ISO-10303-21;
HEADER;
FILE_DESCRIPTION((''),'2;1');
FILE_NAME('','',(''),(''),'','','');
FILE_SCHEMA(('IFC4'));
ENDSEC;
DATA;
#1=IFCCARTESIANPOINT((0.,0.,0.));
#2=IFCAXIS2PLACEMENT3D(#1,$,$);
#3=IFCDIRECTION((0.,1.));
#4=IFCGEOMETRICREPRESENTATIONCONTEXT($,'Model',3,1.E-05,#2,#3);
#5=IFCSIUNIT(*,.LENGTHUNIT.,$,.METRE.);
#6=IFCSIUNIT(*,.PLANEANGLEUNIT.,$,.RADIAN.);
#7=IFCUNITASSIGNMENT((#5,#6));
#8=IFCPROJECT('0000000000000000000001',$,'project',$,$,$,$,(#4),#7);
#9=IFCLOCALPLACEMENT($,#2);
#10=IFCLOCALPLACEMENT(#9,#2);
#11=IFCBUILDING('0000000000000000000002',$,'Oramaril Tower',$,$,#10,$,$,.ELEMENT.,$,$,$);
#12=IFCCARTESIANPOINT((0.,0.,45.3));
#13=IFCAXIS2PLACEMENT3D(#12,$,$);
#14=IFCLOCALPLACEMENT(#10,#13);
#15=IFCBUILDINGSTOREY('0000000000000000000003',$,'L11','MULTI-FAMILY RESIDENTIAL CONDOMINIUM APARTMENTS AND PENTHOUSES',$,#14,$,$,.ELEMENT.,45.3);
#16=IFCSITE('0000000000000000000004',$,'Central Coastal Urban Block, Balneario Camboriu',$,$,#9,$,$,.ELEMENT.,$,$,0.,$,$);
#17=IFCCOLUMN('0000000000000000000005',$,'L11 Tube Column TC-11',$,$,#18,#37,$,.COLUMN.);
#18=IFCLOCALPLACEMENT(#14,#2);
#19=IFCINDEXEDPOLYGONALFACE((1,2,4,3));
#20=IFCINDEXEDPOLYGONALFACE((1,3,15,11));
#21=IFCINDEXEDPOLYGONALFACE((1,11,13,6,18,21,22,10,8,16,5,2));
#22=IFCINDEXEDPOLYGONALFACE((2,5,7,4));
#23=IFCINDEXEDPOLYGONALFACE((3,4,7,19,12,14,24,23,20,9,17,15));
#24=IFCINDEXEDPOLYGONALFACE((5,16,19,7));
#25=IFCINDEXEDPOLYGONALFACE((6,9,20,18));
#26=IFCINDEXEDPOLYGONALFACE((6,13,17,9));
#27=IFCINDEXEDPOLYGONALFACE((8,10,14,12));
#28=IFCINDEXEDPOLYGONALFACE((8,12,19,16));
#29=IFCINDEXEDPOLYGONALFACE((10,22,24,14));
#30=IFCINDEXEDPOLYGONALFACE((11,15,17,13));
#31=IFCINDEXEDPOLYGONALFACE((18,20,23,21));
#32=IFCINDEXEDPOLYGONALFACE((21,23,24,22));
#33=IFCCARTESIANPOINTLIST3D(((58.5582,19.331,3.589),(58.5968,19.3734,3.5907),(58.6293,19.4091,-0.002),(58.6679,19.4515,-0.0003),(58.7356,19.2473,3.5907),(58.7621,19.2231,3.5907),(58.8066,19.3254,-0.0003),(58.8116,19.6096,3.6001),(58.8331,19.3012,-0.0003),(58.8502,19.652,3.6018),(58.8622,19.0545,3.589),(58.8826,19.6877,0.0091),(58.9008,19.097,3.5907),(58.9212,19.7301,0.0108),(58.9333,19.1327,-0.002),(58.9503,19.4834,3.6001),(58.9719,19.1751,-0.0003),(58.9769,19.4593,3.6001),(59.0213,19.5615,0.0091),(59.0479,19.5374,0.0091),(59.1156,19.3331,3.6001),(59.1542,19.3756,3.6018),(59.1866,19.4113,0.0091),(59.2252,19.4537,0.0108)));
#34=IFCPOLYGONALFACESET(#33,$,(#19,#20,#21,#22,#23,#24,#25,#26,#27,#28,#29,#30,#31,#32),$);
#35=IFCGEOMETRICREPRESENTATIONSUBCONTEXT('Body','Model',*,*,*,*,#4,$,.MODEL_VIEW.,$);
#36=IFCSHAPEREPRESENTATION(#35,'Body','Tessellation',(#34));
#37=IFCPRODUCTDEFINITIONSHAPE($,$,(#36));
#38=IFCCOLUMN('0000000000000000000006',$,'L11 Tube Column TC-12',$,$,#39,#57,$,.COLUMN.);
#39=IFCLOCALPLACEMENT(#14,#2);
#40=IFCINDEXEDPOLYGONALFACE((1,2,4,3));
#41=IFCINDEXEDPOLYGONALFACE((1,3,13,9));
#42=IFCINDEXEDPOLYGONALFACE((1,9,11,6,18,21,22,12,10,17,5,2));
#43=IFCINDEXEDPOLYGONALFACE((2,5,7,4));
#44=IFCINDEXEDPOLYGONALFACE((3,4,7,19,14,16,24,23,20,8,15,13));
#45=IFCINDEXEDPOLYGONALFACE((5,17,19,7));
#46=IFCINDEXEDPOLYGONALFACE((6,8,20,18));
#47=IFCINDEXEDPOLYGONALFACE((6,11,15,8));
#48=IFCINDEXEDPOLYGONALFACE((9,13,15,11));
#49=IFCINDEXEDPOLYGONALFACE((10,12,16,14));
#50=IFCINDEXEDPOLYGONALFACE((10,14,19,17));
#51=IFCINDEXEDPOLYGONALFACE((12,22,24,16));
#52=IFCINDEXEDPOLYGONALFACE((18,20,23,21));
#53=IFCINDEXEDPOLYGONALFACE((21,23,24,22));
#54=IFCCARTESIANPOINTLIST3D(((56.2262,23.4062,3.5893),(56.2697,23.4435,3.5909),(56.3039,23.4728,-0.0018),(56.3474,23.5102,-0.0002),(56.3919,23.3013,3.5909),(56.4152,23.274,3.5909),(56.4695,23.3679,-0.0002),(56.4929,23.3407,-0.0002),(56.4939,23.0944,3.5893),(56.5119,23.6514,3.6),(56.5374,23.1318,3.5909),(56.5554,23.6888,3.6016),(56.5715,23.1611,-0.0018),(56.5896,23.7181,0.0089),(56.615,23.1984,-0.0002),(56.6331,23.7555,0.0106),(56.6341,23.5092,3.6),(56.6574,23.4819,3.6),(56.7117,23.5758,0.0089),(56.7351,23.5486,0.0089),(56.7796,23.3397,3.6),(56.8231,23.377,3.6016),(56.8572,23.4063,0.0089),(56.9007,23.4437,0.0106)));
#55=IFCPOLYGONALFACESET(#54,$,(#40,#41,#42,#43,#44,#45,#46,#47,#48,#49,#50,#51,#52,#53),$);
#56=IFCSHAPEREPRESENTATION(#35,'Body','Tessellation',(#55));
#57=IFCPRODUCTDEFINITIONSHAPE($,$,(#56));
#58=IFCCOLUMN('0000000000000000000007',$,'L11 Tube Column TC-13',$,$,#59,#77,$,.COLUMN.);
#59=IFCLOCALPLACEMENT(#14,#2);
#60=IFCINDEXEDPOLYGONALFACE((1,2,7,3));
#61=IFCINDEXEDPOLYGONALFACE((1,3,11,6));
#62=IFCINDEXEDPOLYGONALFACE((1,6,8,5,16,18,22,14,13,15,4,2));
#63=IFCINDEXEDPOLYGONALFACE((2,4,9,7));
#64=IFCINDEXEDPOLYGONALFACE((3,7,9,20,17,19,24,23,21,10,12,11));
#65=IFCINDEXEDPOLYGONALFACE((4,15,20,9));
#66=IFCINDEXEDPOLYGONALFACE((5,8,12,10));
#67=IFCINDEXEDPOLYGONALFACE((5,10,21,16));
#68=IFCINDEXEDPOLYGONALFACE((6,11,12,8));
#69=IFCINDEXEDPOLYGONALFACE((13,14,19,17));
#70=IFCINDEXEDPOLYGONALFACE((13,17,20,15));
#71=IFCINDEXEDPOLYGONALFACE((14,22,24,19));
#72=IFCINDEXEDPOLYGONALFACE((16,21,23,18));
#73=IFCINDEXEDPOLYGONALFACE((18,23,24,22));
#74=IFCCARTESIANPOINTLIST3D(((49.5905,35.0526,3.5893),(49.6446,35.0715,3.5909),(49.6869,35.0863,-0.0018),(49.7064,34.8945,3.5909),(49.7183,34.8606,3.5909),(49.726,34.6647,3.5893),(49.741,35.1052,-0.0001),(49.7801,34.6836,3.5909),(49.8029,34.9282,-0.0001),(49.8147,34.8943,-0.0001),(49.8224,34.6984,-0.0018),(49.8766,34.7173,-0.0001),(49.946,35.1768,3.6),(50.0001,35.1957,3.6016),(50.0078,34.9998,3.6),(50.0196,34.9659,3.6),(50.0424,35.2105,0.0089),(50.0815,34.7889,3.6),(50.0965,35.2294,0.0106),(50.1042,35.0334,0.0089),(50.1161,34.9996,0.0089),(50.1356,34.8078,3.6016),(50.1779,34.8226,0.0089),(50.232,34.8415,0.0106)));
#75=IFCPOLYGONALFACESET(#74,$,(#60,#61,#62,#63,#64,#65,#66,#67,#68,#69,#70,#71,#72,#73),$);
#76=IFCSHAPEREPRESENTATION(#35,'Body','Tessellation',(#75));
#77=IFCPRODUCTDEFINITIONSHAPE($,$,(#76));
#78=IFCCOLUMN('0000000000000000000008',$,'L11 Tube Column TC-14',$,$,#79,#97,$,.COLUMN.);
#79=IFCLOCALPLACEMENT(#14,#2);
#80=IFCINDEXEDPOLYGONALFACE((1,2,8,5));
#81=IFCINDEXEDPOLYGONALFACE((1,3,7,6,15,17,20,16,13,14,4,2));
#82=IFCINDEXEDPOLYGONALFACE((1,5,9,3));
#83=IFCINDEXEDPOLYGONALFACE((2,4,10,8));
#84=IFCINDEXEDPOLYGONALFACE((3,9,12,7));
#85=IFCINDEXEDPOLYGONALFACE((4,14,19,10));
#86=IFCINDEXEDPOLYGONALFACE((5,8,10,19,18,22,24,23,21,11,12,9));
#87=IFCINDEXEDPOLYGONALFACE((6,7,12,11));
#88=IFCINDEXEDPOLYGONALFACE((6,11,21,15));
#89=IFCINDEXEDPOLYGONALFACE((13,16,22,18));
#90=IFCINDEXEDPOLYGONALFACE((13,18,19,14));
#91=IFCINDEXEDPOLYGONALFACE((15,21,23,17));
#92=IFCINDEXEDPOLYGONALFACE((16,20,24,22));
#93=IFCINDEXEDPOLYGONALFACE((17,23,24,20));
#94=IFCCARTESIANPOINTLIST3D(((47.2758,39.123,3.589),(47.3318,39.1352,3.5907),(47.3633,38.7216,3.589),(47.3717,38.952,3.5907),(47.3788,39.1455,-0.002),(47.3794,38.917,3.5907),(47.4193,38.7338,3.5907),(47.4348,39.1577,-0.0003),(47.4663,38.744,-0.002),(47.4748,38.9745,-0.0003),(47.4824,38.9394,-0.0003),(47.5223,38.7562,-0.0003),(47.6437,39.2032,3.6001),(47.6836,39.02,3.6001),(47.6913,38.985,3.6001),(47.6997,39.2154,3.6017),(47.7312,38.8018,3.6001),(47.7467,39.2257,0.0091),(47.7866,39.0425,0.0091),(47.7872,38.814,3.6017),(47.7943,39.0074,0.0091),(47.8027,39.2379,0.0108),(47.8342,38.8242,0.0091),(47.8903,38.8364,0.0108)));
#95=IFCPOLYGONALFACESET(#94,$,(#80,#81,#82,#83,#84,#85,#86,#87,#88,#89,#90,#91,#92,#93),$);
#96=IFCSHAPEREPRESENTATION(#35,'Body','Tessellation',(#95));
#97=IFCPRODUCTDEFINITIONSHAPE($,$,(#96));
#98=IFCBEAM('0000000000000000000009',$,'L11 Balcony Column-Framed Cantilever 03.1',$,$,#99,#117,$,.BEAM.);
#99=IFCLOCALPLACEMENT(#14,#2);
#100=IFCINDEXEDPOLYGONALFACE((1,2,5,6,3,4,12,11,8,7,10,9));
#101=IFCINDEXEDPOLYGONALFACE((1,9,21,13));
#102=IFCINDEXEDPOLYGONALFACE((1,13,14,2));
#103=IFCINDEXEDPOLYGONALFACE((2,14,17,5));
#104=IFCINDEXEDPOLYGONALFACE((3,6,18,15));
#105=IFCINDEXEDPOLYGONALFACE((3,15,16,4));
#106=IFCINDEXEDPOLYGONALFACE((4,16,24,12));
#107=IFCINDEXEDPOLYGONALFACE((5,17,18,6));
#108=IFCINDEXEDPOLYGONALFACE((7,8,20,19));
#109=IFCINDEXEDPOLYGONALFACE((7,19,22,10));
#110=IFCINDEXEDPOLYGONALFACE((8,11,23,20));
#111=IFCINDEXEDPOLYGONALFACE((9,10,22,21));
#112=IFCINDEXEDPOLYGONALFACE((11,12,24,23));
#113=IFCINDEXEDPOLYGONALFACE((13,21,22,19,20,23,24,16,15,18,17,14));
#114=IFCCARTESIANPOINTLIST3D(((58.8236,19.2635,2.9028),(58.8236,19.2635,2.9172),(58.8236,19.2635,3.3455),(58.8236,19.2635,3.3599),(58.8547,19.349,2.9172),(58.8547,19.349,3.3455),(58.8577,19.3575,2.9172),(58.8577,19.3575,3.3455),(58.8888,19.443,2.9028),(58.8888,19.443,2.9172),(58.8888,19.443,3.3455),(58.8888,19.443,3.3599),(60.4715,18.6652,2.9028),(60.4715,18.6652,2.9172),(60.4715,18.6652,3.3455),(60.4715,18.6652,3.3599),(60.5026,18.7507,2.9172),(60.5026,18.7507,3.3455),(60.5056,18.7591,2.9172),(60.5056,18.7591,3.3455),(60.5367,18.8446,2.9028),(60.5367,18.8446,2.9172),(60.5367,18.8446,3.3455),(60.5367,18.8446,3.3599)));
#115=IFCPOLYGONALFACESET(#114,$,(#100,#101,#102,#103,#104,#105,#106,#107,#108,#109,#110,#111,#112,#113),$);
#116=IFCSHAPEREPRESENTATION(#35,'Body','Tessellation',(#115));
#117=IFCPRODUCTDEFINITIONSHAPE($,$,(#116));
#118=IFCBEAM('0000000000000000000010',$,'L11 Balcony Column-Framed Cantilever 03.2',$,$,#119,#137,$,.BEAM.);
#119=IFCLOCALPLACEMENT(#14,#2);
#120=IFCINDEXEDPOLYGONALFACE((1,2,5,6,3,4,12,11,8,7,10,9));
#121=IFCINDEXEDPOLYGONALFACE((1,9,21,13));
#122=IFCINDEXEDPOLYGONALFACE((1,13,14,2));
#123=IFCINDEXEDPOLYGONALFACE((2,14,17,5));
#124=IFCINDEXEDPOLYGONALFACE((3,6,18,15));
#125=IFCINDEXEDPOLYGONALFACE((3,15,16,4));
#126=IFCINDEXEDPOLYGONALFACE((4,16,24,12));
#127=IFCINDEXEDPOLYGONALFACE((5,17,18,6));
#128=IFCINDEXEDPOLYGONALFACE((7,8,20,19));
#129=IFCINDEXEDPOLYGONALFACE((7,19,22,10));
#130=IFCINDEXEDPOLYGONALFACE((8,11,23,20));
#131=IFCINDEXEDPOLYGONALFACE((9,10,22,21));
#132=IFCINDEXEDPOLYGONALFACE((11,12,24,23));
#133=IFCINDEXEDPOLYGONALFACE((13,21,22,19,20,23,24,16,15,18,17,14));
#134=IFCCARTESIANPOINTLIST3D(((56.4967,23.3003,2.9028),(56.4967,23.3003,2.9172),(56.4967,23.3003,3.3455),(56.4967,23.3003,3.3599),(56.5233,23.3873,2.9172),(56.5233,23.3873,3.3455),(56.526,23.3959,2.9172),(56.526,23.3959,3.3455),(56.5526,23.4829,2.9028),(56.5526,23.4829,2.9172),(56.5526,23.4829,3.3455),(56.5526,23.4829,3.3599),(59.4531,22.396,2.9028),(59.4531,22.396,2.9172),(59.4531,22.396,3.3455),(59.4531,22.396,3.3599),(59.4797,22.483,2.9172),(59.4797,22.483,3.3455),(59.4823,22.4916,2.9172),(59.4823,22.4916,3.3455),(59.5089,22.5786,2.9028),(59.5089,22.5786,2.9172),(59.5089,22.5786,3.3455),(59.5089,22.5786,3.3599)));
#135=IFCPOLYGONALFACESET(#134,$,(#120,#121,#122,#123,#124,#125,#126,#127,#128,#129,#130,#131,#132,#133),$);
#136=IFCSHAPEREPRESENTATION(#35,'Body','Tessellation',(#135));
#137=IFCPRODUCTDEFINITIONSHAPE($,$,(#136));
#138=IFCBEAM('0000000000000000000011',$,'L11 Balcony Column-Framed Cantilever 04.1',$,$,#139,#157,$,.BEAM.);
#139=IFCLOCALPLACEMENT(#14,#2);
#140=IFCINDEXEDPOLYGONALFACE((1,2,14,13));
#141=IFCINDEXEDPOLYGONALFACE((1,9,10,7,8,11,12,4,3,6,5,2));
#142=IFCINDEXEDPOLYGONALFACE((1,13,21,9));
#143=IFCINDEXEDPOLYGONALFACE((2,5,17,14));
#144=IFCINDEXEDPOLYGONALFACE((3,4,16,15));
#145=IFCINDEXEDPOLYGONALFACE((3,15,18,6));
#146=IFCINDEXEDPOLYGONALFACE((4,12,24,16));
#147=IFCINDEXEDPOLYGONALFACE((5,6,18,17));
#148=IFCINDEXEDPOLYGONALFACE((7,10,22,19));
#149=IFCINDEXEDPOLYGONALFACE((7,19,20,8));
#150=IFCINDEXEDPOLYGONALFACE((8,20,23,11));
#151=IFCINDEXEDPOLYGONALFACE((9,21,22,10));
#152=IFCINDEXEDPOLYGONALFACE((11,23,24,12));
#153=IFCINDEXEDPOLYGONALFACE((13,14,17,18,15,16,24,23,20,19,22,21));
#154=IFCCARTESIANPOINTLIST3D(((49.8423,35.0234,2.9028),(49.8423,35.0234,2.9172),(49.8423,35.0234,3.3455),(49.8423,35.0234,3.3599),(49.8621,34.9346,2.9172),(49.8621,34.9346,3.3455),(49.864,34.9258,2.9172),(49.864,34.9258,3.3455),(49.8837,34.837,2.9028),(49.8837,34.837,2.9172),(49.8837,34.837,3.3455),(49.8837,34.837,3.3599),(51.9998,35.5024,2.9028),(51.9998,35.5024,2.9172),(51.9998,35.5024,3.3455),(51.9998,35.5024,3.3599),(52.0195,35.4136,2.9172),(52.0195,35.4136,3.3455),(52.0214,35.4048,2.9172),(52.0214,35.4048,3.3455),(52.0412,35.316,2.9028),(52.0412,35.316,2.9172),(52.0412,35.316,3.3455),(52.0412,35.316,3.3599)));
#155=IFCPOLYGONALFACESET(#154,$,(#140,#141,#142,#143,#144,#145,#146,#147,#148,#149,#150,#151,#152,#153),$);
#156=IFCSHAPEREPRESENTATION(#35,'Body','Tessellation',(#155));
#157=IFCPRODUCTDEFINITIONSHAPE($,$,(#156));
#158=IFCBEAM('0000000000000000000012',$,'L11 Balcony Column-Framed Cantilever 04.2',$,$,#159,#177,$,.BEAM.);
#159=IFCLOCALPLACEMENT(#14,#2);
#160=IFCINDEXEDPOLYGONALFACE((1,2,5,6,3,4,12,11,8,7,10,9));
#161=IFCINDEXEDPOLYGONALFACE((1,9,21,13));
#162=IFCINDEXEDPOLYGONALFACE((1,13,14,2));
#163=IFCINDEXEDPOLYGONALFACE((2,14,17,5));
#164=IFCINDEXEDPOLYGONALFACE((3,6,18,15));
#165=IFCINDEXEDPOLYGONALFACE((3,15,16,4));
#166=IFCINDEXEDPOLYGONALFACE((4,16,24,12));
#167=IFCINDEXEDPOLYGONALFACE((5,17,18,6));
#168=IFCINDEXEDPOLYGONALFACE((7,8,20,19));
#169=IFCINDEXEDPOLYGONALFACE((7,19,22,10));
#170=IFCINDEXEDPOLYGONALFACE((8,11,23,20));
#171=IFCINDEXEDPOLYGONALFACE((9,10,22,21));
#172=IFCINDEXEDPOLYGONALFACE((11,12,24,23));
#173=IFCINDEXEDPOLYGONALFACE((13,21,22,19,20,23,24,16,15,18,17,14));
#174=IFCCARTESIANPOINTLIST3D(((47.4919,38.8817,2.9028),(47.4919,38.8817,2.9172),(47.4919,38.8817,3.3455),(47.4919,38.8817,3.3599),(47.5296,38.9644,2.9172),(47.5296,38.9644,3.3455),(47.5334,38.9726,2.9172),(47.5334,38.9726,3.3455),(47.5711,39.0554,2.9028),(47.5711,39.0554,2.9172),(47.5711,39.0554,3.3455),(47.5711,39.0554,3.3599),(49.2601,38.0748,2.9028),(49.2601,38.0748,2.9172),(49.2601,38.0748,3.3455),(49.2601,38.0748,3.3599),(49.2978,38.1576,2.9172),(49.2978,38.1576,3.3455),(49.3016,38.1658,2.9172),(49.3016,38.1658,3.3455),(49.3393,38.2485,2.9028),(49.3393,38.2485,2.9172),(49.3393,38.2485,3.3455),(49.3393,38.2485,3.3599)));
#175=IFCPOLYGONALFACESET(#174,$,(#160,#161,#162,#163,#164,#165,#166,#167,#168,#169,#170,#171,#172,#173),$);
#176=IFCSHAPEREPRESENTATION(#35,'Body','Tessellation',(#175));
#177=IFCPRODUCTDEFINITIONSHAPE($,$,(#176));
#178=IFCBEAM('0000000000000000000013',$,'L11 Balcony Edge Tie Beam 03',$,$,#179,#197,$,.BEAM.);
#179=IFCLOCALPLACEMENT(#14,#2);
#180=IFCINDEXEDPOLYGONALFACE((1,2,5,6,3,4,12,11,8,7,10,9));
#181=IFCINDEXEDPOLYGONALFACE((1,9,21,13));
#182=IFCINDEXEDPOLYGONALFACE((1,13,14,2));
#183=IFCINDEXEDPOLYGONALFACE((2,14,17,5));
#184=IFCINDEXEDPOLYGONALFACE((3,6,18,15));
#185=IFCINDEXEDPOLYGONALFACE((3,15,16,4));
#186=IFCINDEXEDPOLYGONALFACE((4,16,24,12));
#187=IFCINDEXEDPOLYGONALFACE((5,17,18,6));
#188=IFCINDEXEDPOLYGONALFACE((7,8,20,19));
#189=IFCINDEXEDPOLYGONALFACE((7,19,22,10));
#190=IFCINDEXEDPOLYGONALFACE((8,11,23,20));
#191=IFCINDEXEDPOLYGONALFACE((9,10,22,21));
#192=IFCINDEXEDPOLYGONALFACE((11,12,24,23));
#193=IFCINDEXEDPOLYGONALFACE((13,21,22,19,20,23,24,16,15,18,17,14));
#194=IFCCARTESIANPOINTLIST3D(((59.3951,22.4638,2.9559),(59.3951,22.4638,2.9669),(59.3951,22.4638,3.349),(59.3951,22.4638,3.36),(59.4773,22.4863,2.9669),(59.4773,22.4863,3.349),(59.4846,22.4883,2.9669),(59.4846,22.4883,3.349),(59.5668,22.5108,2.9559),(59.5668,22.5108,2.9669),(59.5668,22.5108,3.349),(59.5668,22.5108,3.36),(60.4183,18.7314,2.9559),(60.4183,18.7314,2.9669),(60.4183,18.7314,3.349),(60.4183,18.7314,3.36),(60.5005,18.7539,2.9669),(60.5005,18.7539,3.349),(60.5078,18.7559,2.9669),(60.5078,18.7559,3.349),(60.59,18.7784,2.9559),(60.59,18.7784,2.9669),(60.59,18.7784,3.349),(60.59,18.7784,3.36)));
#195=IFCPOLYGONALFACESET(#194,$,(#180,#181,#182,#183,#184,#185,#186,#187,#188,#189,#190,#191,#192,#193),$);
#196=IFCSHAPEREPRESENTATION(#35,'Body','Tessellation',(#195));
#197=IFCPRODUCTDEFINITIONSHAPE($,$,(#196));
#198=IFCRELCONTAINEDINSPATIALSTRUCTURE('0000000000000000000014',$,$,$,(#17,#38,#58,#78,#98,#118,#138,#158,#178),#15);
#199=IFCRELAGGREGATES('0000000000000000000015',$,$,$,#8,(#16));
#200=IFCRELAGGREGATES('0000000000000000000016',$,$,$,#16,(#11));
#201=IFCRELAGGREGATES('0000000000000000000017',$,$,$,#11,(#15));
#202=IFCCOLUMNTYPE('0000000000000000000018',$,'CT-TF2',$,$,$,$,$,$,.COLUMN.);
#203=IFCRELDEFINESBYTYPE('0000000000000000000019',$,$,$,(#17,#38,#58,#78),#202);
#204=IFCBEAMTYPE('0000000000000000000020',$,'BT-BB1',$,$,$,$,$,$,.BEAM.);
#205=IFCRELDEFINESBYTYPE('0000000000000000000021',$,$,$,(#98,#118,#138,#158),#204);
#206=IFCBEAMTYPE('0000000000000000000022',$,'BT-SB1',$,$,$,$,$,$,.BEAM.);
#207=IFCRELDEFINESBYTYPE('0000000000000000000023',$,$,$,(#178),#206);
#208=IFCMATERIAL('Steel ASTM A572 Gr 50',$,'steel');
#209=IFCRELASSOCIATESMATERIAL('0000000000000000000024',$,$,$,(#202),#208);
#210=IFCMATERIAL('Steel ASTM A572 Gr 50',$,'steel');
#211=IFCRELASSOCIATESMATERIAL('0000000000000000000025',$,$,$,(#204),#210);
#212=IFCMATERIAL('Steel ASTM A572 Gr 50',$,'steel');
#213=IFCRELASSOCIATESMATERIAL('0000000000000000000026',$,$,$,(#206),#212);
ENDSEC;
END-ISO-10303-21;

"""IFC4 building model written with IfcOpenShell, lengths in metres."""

from ifc_helpers import new_model, si_unit, direction, frame, origin, origin_2d, place, context, subcontext, project, spatial, i_section, extrude, material, material_profile, profile_set, type_object, element, save


model = new_model("IFC4")

# Units and contexts
model_context = context("Model", 3, precision=1e-05, world=origin(), true_north=direction((0.0, 1.0)))
body_context = subcontext(model_context, "Body", "Model", "MODEL_VIEW")
ifc_project = project(units=[si_unit("LENGTHUNIT", "METRE"), si_unit("PLANEANGLEUNIT", "RADIAN")], contexts=[model_context])

# Site, building, storey
site_placement = place(None, origin())
site = spatial("IfcSite", under=ifc_project, at=site_placement, Name="Central Coastal Urban Block, Balneario Camboriu", CompositionType="ELEMENT", RefElevation=0.0)
building_placement = place(site_placement, origin())
building = spatial("IfcBuilding", under=site, at=building_placement, Name="Oramaril Tower", CompositionType="ELEMENT")
storey_placement = place(building_placement, frame((0.0, 0.0, 45.3)))
storey = spatial("IfcBuildingStorey", under=building, at=storey_placement, Name="L11", Description="MULTI-FAMILY RESIDENTIAL CONDOMINIUM APARTMENTS AND PENTHOUSES", CompositionType="ELEMENT", Elevation=45.3)

# Columns
ifc_material_1 = material(Name="Steel ASTM A572 Gr 50", Category="steel")
ifc_material_profile_1 = material_profile(ifc_material_1, i_section(OverallWidth=0.4109, OverallDepth=0.4341, WebThickness=0.0359, FlangeThickness=0.0574, at=origin_2d()), Name="W14X311")
ifc_profile_set_1 = profile_set([ifc_material_profile_1], Name="Steel ASTM A572 Gr 50")
column_type = type_object("IfcColumnType", Name="CT-TF2", PredefinedType="COLUMN", material=ifc_profile_set_1)
for number, where, z_axis, x_axis, name in (
    (1, (58.9272, 19.4314, 0.0044), (-0.019775, -0.021746, 0.999568), (0.739835, -0.672788, 0.0), "L11 Tube Column TC-11"),
    (2, (56.6023, 23.4583, 0.0044), (-0.021611, -0.018553, 0.999594), (0.651381, -0.758751, 0.0), "L11 Tube Column TC-12"),
    (3, (49.9595, 34.9639, 0.0044), (-0.026843, -0.009378, 0.999596), (0.329818, -0.944045, 0.0), "L11 Tube Column TC-13"),
    (4, (47.6345, 38.991, 0.0044), (-0.028678, -0.006252, 0.999569), (0.213006, -0.977051, 0.0), "L11 Tube Column TC-14"),
):
    element("IfcColumn", number, at=place(storey_placement, frame(where, z_axis=z_axis, x_axis=x_axis)), inside=storey, type_object=column_type, Name=name, PredefinedType="COLUMN", context=body_context, shape_type="SweptSolid", body=[
        extrude(i_section(OverallWidth=0.4109, OverallDepth=0.4341, WebThickness=0.0359, FlangeThickness=0.0574, at=origin_2d()), origin(), (0.0, 0.0, 1.0), 3.5925),
    ])

# Beams
ifc_material_2 = material(Name="Steel ASTM A572 Gr 50", Category="steel")
ifc_material_profile_2 = material_profile(ifc_material_2, i_section(OverallWidth=0.1909, OverallDepth=0.457, WebThickness=0.009, FlangeThickness=0.0144, at=origin_2d()), Name="W18X50")
ifc_profile_set_2 = profile_set([ifc_material_profile_2], Name="Steel ASTM A572 Gr 50")
beam_type_1 = type_object("IfcBeamType", Name="BT-BB1", PredefinedType="BEAM", material=ifc_profile_set_2)
beam_1_placement = place(storey_placement, frame((58.8562, 19.3533, 3.1313), z_axis=(0.939952, -0.341307, 0.0), x_axis=(0.341307, 0.939952, 0.0)))
element("IfcBeam", 5, at=beam_1_placement, inside=storey, type_object=beam_type_1, Name="L11 Balcony Column-Framed Cantilever 03.1", PredefinedType="BEAM", context=body_context, shape_type="SweptSolid", body=[
    extrude(i_section(OverallWidth=0.1909, OverallDepth=0.457, WebThickness=0.009, FlangeThickness=0.0144, at=origin_2d()), origin(), (0.0, 0.0, 1.0), 1.7532),
])
beam_2_placement = place(storey_placement, frame((56.5247, 23.3916, 3.1313), z_axis=(0.956263, -0.292509, 0.0), x_axis=(0.292509, 0.956263, 0.0)))
element("IfcBeam", 6, at=beam_2_placement, inside=storey, type_object=beam_type_1, Name="L11 Balcony Column-Framed Cantilever 03.2", PredefinedType="BEAM", context=body_context, shape_type="SweptSolid", body=[
    extrude(i_section(OverallWidth=0.1909, OverallDepth=0.457, WebThickness=0.009, FlangeThickness=0.0144, at=origin_2d()), origin(), (0.0, 0.0, 1.0), 3.0916),
])
beam_3_placement = place(storey_placement, frame((49.863, 34.9302, 3.1313), z_axis=(0.976229, 0.216743, 0.0), x_axis=(-0.216743, 0.976229, 0.0)))
element("IfcBeam", 7, at=beam_3_placement, inside=storey, type_object=beam_type_1, Name="L11 Balcony Column-Framed Cantilever 04.1", PredefinedType="BEAM", context=body_context, shape_type="SweptSolid", body=[
    extrude(i_section(OverallWidth=0.1909, OverallDepth=0.457, WebThickness=0.009, FlangeThickness=0.0144, at=origin_2d()), origin(), (0.0, 0.0, 1.0), 2.21),
])
beam_4_placement = place(storey_placement, frame((47.5315, 38.9685, 3.1313), z_axis=(0.909763, -0.415127, 0.0), x_axis=(0.415127, 0.909763, 0.0)))
element("IfcBeam", 8, at=beam_4_placement, inside=storey, type_object=beam_type_1, Name="L11 Balcony Column-Framed Cantilever 04.2", PredefinedType="BEAM", context=body_context, shape_type="SweptSolid", body=[
    extrude(i_section(OverallWidth=0.1909, OverallDepth=0.457, WebThickness=0.009, FlangeThickness=0.0144, at=origin_2d()), origin(), (0.0, 0.0, 1.0), 1.9436),
])
ifc_material_3 = material(Name="Steel ASTM A572 Gr 50", Category="steel")
ifc_material_profile_3 = material_profile(ifc_material_3, i_section(OverallWidth=0.178, OverallDepth=0.4041, WebThickness=0.0076, FlangeThickness=0.011, at=origin_2d()), Name="W16X36")
ifc_profile_set_3 = profile_set([ifc_material_profile_3], Name="Steel ASTM A572 Gr 50")
beam_type_2 = type_object("IfcBeamType", Name="BT-SB1", PredefinedType="BEAM", material=ifc_profile_set_3)
for number, where, z_axis, x_axis, name in (
    (9, (60.5042, 18.7549, 3.158), (-0.264382, 0.964418, 0.0), (-0.964418, -0.264382, 0.0), "L11 Balcony Edge Tie Beam 03"),
):
    element("IfcBeam", number, at=place(storey_placement, frame(where, z_axis=z_axis, x_axis=x_axis)), inside=storey, type_object=beam_type_2, Name=name, PredefinedType="BEAM", context=body_context, shape_type="SweptSolid", body=[
        extrude(i_section(OverallWidth=0.178, OverallDepth=0.4041, WebThickness=0.0076, FlangeThickness=0.011, at=origin_2d()), origin(), (0.0, 0.0, 1.0), 3.8701),
    ])

save(model, "model.ifc")
